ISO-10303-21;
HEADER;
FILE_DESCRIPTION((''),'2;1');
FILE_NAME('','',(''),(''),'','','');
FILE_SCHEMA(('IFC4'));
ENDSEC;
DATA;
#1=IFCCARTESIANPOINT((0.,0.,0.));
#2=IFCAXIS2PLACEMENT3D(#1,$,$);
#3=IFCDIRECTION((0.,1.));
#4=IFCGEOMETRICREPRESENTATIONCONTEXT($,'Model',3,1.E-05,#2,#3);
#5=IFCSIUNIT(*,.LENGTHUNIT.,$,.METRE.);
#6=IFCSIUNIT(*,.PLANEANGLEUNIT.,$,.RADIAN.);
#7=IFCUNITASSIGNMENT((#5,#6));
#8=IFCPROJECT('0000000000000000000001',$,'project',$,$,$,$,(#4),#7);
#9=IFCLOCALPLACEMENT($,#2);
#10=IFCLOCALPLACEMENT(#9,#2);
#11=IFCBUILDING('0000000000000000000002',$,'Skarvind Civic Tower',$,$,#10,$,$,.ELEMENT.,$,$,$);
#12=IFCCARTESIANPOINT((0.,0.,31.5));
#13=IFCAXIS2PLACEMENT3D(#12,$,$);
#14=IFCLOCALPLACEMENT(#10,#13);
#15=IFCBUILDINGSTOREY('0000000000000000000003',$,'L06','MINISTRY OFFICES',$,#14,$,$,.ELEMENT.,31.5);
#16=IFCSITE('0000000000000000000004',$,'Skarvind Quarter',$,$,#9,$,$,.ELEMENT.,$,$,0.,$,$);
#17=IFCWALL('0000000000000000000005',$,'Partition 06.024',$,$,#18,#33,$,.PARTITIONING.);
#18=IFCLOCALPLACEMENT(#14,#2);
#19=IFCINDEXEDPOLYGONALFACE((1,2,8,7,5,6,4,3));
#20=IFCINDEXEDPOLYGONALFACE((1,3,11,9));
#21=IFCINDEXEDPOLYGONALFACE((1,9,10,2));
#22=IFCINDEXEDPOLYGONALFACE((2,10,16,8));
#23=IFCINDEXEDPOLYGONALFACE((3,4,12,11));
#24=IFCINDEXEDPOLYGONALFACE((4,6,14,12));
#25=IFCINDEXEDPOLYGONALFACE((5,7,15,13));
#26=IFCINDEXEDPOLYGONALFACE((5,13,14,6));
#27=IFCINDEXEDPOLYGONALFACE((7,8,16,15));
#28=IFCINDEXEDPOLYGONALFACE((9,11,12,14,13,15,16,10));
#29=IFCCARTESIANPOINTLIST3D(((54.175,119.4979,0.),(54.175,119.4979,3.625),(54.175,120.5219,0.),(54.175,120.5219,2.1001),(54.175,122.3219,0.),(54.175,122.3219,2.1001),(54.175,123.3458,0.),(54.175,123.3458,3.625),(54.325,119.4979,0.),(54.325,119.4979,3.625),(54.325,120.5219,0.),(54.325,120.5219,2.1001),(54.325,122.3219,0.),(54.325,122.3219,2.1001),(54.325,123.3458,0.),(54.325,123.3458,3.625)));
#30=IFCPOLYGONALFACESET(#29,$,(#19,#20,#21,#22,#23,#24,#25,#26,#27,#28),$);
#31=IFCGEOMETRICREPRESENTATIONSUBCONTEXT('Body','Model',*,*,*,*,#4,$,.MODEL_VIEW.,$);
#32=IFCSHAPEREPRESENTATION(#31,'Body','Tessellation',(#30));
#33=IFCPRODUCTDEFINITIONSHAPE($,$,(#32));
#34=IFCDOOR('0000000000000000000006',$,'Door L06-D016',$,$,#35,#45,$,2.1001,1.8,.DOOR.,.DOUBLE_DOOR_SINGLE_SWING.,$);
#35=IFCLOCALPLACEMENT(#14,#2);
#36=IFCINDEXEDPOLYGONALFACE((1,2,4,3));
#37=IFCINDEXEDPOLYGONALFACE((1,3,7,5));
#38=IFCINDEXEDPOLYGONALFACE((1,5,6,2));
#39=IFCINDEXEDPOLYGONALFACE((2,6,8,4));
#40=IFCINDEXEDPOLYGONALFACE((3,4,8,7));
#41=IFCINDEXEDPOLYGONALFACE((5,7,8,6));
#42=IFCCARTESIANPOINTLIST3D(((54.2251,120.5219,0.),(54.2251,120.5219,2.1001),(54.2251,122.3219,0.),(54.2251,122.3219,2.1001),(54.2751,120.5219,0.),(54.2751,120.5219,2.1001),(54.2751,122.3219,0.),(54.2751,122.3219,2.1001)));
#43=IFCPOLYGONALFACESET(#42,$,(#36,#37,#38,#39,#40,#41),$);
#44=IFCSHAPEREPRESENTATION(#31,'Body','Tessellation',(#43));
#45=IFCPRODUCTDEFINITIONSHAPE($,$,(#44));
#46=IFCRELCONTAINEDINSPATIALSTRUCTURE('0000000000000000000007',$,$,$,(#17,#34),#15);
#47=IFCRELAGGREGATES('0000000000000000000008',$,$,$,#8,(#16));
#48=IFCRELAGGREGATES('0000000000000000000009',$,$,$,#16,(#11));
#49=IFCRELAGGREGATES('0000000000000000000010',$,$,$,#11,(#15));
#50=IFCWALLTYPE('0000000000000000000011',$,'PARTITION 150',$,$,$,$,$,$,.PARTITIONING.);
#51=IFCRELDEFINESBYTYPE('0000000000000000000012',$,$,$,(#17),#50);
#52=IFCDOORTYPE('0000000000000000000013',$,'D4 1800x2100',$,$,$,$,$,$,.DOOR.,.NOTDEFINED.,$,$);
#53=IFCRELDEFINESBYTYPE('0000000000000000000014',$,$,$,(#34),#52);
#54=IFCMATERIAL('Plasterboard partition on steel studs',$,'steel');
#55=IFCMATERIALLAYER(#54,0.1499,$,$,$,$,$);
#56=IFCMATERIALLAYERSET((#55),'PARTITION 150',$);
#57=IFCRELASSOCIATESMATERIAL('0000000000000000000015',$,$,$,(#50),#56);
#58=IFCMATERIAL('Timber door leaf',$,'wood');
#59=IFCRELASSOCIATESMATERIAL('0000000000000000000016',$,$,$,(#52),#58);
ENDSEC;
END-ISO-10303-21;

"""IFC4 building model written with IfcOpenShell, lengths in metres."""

from ifc_helpers import new_model, si_unit, direction, frame, frame_2d, origin, place, context, subcontext, project, spatial, rectangle, extrude, material, layer, layer_set, type_object, element, fill, save


model = new_model("IFC4")

# Units and contexts
model_context = context("Model", 3, precision=1e-05, world=origin(), true_north=direction((0.0, 1.0)))
body_context = subcontext(model_context, "Body", "Model", "MODEL_VIEW")
ifc_project = project(units=[si_unit("LENGTHUNIT", "METRE"), si_unit("PLANEANGLEUNIT", "RADIAN")], contexts=[model_context])

# Site, building, storey
site_placement = place(None, origin())
site = spatial("IfcSite", under=ifc_project, at=site_placement, Name="Skarvind Quarter", CompositionType="ELEMENT", RefElevation=0.0)
building_placement = place(site_placement, origin())
building = spatial("IfcBuilding", under=site, at=building_placement, Name="Skarvind Civic Tower", CompositionType="ELEMENT")
storey_placement = place(building_placement, frame((0.0, 0.0, 31.5)))
storey = spatial("IfcBuildingStorey", under=building, at=storey_placement, Name="L06", Description="MINISTRY OFFICES", CompositionType="ELEMENT", Elevation=31.5)

# Shared definitions
ifc_material_1 = material(Name="Timber door leaf", Category="wood")

# Wall, opening, door
ifc_material_2 = material(Name="Plasterboard partition on steel studs", Category="steel")
ifc_layer_1 = layer(ifc_material_2, 0.1499)
ifc_layer_set_1 = layer_set([ifc_layer_1], Name="PARTITION 150")
wall_type_1 = type_object("IfcWallType", Name="PARTITION 150", PredefinedType="PARTITIONING", material=ifc_layer_set_1)
wall_1_placement = place(storey_placement, frame((54.25, 119.498, 0.0), z_axis=(0.0, 0.0, 1.0), x_axis=(0.0, 1.0, 0.0)))
wall_1 = element("IfcWall", 1, at=wall_1_placement, inside=storey, type_object=wall_type_1, Name="Partition 06.024", PredefinedType="PARTITIONING", context=body_context, shape_type="SweptSolid", body=[
    extrude(rectangle(XDim=3.8479, YDim=0.1499, at=frame_2d((1.9238, 0.0))), origin(), (0.0, 0.0, 1.0), 3.625),
])
opening_1_placement = place(wall_1_placement, frame((1.0239, 0.0, 0.0)))
opening_1 = element("IfcOpeningElement", 2, at=opening_1_placement, cuts=wall_1, PredefinedType="OPENING", context=body_context, shape_type="SweptSolid", body=[
    extrude(rectangle(XDim=1.8, YDim=2.1001, at=frame_2d((0.8999, 1.05))), frame((0.0, 0.085, 0.0), z_axis=(0.0, -1.0, 0.0), x_axis=(1.0, 0.0, 0.0)), (0.0, 0.0, 1.0), 0.1699),
])
door_type_1 = type_object("IfcDoorType", Name="D4 1800x2100", OperationType="NOTDEFINED", PredefinedType="DOOR", material=ifc_material_1)
door_1_placement = place(opening_1_placement, origin())
door_1 = element("IfcDoor", 3, at=door_1_placement, inside=storey, type_object=door_type_1, Name="Door L06-D016", OperationType="DOUBLE_DOOR_SINGLE_SWING", OverallHeight=2.1001, OverallWidth=1.8, PredefinedType="DOOR", context=body_context, shape_type="SweptSolid", body=[
    extrude(rectangle(XDim=1.8, YDim=2.1001, at=frame_2d((0.8999, 1.05))), frame((0.0, 0.0249, 0.0), z_axis=(0.0, -1.0, 0.0), x_axis=(1.0, 0.0, 0.0)), (0.0, 0.0, 1.0), 0.05),
])
fill(opening_1, door_1)

save(model, "model.ifc")
